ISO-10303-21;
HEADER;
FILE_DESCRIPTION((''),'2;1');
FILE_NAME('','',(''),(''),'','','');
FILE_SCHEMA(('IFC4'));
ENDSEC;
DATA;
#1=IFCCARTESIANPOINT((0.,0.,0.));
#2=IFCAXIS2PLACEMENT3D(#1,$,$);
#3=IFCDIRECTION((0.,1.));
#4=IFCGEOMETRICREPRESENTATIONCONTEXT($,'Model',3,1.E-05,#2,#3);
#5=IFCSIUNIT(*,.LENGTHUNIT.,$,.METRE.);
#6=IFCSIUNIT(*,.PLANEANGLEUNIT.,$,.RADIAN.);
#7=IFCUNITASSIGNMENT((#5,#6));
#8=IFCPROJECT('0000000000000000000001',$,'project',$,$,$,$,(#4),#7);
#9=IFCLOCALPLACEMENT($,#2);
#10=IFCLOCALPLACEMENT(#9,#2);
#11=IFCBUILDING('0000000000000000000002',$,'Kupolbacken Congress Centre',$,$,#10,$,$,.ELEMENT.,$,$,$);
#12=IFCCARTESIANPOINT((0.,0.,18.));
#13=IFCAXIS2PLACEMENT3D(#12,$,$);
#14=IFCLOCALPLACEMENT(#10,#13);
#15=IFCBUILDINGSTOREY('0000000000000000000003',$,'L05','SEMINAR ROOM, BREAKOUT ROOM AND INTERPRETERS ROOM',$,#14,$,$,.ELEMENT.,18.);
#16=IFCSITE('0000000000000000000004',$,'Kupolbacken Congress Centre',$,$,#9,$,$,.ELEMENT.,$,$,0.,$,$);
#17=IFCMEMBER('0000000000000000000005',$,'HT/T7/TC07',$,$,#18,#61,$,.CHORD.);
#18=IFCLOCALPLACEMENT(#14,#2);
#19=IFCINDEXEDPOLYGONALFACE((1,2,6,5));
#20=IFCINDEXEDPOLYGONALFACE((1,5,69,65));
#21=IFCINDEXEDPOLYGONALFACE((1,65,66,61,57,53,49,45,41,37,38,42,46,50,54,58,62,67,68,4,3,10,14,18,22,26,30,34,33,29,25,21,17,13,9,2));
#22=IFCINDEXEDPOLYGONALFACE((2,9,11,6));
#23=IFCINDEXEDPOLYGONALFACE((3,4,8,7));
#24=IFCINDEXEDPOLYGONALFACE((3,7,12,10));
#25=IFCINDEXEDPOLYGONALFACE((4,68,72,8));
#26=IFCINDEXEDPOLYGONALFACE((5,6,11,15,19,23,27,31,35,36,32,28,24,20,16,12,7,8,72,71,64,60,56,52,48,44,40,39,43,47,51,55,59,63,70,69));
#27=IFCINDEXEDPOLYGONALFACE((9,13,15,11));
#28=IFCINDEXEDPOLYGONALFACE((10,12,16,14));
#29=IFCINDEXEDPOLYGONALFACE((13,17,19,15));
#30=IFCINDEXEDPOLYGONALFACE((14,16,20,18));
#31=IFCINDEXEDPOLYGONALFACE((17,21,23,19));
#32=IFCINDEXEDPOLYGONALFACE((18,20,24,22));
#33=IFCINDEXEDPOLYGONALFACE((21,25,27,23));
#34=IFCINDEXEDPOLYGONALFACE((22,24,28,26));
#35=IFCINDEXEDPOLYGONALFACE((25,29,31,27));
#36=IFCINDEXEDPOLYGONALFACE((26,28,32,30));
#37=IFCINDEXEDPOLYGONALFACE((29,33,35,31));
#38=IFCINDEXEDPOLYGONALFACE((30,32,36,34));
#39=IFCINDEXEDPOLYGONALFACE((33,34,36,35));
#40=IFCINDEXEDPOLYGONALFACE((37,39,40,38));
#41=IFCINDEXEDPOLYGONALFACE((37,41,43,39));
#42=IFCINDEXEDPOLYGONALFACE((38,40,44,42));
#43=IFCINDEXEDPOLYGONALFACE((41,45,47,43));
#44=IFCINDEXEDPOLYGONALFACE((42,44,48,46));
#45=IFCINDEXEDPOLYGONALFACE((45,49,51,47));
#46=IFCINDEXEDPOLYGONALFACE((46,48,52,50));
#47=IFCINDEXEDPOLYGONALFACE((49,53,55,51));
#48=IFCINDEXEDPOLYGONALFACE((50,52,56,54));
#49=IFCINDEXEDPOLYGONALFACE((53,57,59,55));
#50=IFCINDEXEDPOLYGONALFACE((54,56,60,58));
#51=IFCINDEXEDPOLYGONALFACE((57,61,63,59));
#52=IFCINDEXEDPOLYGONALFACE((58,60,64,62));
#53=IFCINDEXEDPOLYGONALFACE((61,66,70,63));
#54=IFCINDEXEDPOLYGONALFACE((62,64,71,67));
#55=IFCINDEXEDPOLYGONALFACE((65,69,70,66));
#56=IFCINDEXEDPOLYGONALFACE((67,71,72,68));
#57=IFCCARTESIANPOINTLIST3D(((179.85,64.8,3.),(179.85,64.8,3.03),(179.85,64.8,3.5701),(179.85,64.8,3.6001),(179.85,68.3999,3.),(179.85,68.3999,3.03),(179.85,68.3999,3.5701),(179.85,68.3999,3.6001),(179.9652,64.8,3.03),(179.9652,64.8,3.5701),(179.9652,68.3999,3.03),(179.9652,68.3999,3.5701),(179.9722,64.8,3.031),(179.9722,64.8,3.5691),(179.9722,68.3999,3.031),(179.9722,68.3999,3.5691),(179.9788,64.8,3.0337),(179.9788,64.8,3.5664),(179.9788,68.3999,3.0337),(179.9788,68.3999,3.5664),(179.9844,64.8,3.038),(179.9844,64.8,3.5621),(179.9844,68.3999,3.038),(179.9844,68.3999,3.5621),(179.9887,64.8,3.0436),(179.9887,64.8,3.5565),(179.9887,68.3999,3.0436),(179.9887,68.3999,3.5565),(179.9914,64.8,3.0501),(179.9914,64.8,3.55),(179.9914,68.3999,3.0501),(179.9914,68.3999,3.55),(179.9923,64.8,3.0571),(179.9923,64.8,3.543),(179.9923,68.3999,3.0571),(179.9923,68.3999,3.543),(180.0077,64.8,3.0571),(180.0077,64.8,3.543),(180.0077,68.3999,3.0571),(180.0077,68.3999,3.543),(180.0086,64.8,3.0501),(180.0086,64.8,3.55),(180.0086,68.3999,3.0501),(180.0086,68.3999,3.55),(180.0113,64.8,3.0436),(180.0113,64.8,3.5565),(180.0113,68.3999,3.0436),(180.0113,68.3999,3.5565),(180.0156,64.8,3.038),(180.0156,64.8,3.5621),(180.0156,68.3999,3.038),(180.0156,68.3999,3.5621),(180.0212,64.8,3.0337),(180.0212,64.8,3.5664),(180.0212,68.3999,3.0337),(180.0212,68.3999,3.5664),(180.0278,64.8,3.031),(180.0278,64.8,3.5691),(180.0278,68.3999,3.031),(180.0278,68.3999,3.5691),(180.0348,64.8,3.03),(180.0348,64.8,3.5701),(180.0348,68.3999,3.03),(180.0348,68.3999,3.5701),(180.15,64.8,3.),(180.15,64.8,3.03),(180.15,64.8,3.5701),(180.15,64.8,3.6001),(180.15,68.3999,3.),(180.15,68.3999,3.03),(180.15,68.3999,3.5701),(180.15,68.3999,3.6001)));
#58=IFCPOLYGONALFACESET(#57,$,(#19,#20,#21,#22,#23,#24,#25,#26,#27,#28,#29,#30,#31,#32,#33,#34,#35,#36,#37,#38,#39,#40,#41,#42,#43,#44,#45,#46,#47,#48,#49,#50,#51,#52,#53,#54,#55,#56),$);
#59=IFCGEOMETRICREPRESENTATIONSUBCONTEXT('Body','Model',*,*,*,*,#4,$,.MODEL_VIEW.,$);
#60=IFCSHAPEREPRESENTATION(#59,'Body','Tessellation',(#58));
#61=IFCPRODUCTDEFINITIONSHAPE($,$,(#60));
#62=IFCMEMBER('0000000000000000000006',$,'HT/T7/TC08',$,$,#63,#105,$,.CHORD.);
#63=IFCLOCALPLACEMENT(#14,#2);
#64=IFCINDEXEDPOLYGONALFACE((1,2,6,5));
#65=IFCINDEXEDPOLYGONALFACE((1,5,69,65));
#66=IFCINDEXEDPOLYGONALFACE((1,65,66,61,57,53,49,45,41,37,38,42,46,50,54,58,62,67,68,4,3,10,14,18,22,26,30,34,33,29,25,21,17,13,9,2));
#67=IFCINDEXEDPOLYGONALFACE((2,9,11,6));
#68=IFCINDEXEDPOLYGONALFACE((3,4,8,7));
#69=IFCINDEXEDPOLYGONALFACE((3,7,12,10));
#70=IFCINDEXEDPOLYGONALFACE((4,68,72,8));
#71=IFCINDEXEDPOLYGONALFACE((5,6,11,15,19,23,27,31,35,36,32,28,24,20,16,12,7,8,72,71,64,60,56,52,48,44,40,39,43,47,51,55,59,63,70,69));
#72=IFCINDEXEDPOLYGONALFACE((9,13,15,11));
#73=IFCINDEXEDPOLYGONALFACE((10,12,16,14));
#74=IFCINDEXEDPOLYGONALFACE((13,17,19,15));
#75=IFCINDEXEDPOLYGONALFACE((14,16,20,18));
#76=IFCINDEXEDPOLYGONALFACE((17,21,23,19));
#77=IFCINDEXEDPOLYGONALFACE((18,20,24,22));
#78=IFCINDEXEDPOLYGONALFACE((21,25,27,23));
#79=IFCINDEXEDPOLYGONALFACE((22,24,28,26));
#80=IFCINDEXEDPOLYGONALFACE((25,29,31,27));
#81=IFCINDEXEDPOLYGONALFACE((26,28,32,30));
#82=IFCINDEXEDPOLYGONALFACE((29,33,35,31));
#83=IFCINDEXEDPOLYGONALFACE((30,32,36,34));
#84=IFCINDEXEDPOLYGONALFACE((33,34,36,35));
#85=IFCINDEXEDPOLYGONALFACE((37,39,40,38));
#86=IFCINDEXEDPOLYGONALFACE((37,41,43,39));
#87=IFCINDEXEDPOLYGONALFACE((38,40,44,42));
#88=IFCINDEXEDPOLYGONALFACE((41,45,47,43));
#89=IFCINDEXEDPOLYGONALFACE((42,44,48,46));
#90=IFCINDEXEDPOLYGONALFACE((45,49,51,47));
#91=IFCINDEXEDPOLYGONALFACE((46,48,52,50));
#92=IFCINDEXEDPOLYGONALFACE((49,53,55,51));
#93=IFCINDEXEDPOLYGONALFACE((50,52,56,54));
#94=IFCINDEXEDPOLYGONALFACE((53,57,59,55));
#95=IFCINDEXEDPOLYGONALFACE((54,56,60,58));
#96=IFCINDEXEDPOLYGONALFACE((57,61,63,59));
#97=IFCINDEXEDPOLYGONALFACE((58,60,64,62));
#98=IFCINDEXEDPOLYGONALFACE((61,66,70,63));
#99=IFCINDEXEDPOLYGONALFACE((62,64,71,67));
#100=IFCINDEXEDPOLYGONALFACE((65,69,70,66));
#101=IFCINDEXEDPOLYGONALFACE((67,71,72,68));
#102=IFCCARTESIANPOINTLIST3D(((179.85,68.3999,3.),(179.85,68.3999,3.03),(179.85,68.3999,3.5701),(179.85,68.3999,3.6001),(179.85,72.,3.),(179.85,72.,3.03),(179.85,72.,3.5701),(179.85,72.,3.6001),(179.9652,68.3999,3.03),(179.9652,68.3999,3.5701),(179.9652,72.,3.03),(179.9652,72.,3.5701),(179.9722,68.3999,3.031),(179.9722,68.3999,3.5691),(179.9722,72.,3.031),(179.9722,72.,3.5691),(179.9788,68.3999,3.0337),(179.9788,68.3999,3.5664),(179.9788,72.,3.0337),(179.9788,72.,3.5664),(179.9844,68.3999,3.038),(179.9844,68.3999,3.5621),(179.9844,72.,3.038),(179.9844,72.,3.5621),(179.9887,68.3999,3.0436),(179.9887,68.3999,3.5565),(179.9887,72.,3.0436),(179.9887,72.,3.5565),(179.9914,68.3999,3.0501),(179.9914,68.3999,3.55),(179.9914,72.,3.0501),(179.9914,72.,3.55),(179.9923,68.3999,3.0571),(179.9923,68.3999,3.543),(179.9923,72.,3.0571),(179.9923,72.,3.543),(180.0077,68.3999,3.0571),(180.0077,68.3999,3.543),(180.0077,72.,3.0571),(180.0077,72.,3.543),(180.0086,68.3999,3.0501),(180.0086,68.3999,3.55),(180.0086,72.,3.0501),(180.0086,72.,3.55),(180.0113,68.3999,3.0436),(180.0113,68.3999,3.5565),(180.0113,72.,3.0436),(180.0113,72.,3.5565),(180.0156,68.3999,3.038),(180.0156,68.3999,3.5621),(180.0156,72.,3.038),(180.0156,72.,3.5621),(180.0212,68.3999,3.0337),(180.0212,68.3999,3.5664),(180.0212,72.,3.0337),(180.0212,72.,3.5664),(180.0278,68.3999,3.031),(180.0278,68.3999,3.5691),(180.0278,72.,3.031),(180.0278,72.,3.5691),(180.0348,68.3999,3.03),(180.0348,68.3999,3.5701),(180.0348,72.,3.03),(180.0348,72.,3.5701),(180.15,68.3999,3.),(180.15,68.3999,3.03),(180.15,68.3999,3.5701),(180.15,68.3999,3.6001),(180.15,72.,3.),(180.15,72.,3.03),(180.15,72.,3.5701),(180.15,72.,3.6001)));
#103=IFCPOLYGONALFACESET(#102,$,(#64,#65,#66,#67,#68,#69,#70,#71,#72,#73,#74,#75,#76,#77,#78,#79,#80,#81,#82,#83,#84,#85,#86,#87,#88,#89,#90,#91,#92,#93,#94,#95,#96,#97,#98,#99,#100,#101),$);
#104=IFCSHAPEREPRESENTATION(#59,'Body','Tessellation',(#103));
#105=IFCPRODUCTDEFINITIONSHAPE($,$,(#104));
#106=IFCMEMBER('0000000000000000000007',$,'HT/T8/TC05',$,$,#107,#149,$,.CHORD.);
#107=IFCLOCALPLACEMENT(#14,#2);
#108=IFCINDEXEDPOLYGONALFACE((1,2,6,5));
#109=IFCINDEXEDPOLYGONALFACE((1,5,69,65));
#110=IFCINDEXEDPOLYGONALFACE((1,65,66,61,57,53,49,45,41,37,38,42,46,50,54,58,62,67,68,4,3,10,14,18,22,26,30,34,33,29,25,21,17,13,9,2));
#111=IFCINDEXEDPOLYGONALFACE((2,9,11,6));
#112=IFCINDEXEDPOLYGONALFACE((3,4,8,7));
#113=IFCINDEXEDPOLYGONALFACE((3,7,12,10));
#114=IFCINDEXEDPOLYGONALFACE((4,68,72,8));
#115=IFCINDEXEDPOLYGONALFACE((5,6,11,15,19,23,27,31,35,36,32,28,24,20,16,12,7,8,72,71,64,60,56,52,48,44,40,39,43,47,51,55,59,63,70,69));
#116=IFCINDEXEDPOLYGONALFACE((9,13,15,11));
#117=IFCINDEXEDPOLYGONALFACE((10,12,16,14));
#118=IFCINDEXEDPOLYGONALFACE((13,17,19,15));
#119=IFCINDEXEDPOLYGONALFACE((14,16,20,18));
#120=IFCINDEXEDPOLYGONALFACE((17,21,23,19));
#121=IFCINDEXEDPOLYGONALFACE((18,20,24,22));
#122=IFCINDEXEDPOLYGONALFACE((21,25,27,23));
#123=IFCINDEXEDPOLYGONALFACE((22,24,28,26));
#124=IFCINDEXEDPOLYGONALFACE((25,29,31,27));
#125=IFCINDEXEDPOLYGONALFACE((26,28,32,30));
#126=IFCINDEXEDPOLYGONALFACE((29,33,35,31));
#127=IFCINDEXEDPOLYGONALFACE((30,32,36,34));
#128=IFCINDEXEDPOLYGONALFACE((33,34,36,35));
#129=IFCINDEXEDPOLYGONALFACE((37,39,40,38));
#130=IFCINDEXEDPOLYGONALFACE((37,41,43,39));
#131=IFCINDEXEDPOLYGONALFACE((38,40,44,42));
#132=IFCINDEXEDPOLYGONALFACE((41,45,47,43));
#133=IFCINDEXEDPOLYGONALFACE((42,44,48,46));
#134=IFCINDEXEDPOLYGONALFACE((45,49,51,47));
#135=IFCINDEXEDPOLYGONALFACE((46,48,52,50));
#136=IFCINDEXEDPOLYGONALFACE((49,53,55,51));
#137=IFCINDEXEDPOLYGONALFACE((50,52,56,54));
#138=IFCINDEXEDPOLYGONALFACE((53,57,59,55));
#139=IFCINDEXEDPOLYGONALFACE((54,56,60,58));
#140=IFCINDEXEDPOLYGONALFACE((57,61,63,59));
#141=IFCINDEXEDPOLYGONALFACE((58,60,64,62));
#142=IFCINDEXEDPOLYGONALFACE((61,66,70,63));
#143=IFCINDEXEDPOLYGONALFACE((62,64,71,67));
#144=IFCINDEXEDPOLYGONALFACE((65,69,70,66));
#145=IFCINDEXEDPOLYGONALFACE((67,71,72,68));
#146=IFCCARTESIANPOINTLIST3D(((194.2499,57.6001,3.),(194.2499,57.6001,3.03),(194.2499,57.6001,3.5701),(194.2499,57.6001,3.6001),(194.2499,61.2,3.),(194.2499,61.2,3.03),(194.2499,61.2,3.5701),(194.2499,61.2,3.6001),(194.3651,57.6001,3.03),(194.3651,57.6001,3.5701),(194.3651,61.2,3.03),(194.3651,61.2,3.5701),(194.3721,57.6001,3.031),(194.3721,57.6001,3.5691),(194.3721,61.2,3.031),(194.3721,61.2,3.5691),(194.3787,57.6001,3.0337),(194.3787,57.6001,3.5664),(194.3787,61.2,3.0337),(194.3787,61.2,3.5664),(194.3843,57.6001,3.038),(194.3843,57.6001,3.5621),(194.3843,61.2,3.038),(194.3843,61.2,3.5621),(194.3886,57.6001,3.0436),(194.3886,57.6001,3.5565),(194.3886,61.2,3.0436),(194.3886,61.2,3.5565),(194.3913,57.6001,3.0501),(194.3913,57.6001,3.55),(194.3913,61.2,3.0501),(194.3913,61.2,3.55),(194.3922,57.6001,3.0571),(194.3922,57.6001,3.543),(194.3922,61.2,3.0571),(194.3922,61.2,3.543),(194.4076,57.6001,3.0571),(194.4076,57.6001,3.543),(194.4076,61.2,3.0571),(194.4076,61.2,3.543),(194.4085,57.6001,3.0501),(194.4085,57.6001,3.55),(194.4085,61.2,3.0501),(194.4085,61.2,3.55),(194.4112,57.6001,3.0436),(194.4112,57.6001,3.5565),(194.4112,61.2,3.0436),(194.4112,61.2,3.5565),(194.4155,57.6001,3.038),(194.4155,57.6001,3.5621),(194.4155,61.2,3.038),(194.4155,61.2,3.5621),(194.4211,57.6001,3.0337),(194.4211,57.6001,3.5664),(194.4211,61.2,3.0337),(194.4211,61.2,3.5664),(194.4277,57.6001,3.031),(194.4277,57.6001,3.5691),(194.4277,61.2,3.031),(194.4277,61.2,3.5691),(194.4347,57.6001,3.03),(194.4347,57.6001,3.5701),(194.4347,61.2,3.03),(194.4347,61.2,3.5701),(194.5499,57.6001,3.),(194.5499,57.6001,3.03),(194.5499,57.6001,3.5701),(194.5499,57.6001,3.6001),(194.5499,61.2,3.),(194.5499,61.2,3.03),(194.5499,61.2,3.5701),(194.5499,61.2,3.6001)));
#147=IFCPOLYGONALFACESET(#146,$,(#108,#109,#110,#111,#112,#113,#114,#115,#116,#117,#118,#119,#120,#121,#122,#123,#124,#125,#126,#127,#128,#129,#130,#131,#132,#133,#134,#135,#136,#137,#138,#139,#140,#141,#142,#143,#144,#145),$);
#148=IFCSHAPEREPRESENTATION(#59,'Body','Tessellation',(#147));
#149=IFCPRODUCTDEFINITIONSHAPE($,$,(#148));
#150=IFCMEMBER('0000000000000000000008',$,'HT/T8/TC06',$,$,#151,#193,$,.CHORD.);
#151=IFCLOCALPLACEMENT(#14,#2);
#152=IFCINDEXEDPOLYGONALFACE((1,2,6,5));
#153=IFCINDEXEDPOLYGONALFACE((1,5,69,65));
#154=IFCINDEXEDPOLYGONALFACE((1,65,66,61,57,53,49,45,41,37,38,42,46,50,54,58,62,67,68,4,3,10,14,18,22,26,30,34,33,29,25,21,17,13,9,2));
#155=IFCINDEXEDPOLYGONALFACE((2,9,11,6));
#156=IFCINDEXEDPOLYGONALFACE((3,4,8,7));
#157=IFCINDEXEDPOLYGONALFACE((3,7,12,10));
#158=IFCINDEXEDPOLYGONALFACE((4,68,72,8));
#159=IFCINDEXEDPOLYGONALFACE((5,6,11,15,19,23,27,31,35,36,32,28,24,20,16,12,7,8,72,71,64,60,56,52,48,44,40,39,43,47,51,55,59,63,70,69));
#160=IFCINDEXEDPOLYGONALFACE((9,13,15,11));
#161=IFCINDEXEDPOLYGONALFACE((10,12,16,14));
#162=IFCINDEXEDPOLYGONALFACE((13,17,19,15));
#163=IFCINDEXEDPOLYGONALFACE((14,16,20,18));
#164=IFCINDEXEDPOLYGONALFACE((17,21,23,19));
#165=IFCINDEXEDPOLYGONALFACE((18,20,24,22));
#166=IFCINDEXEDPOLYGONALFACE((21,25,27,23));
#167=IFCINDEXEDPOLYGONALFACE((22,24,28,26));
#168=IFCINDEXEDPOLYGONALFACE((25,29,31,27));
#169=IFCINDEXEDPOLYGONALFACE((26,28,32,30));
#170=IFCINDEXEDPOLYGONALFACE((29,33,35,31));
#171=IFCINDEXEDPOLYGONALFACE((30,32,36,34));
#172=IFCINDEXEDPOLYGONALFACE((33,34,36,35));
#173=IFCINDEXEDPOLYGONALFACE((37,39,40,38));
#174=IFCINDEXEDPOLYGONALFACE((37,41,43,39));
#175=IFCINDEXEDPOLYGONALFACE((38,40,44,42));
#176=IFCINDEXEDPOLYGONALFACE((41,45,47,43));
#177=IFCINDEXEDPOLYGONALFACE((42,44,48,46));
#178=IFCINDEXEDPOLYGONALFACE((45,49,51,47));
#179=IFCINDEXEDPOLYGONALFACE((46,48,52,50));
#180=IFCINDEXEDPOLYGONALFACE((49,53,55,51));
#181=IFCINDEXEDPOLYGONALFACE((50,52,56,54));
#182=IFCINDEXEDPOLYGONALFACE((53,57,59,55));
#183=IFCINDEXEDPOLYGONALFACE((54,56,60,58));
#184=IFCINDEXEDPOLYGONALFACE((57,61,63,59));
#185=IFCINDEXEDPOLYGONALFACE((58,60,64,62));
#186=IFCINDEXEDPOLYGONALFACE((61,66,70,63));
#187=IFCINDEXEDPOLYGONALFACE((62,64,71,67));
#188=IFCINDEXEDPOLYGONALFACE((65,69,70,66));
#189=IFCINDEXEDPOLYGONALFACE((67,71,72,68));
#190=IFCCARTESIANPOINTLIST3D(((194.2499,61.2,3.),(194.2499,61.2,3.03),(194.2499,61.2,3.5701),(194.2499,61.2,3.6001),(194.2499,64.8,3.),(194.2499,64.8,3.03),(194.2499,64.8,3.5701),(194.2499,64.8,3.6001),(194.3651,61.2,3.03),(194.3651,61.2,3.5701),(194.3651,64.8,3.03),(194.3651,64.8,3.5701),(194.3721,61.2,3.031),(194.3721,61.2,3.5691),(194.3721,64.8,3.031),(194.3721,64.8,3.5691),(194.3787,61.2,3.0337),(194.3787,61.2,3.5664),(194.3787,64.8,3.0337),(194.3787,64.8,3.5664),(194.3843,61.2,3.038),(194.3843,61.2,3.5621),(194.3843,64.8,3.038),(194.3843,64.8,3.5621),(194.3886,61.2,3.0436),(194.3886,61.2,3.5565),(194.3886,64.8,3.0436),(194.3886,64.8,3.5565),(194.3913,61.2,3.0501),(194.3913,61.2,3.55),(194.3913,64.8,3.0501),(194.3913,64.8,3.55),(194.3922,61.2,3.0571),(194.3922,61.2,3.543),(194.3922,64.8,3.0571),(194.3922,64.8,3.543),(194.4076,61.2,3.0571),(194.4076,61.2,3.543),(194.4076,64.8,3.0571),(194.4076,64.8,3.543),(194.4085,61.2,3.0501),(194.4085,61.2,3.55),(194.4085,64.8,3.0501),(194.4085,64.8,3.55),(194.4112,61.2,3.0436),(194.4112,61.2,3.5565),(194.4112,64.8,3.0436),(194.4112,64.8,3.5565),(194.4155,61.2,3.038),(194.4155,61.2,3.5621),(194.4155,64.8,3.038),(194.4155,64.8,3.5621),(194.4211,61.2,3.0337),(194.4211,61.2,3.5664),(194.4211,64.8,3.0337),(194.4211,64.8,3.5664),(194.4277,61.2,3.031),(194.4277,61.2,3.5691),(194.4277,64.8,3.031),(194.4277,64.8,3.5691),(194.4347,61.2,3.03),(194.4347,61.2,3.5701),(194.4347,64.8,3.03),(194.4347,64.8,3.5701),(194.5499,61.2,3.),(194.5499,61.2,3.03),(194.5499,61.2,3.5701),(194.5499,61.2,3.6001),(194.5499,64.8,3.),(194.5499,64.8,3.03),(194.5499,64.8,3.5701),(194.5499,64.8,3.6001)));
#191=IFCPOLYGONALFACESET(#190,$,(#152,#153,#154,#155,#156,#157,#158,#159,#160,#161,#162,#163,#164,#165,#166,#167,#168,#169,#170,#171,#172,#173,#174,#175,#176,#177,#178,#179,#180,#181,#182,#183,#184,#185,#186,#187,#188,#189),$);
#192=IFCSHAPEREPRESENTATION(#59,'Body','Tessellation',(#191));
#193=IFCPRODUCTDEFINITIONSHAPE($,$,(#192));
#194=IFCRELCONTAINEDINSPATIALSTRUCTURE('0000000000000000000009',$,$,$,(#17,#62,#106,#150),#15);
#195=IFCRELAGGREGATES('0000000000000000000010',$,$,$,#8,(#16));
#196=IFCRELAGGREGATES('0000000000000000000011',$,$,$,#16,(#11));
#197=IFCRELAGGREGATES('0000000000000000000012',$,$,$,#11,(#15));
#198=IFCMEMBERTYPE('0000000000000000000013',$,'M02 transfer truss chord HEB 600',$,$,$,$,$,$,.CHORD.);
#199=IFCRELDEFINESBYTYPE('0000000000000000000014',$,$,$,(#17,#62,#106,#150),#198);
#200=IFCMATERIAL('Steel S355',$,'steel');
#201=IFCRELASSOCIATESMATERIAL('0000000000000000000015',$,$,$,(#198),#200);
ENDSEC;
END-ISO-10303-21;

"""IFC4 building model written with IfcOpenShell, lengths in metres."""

from ifc_helpers import new_model, si_unit, direction, frame, origin, origin_2d, place, context, subcontext, project, spatial, i_section, extrude, material, material_profile, profile_set, type_object, element, save


model = new_model("IFC4")

# Units and contexts
model_context = context("Model", 3, precision=1e-05, world=origin(), true_north=direction((0.0, 1.0)))
body_context = subcontext(model_context, "Body", "Model", "MODEL_VIEW")
ifc_project = project(units=[si_unit("LENGTHUNIT", "METRE"), si_unit("PLANEANGLEUNIT", "RADIAN")], contexts=[model_context])

# Site, building, storey
site_placement = place(None, origin())
site = spatial("IfcSite", under=ifc_project, at=site_placement, Name="Kupolbacken Congress Centre", CompositionType="ELEMENT", RefElevation=0.0)
building_placement = place(site_placement, origin())
building = spatial("IfcBuilding", under=site, at=building_placement, Name="Kupolbacken Congress Centre", CompositionType="ELEMENT")
storey_placement = place(building_placement, frame((0.0, 0.0, 18.0)))
storey = spatial("IfcBuildingStorey", under=building, at=storey_placement, Name="L05", Description="SEMINAR ROOM, BREAKOUT ROOM AND INTERPRETERS ROOM", CompositionType="ELEMENT", Elevation=18.0)

# Members
ifc_material_1 = material(Name="Steel S355", Category="steel")
ifc_material_profile_1 = material_profile(ifc_material_1, i_section(OverallWidth=0.3, OverallDepth=0.6001, WebThickness=0.0154, FlangeThickness=0.03, FilletRadius=0.0271, at=origin_2d()), Name="HEB 600")
ifc_profile_set_1 = profile_set([ifc_material_profile_1], Name="Steel S355")
member_type_1 = type_object("IfcMemberType", Name="M02 transfer truss chord HEB 600", PredefinedType="CHORD", material=ifc_profile_set_1)
member_1_placement = place(storey_placement, frame((180.0, 64.8, 3.3), z_axis=(0.0, 1.0, 0.0), x_axis=(-1.0, 0.0, 0.0)))
element("IfcMember", 1, at=member_1_placement, inside=storey, type_object=member_type_1, Name="HT/T7/TC07", PredefinedType="CHORD", context=body_context, shape_type="SweptSolid", body=[
    extrude(i_section(OverallWidth=0.3, OverallDepth=0.6001, WebThickness=0.0154, FlangeThickness=0.03, FilletRadius=0.0271, at=origin_2d()), origin(), (0.0, 0.0, 1.0), 3.5999),
])
member_2_placement = place(storey_placement, frame((180.0, 68.3999, 3.3), z_axis=(0.0, 1.0, 0.0), x_axis=(-1.0, 0.0, 0.0)))
element("IfcMember", 2, at=member_2_placement, inside=storey, type_object=member_type_1, Name="HT/T7/TC08", PredefinedType="CHORD", context=body_context, shape_type="SweptSolid", body=[
    extrude(i_section(OverallWidth=0.3, OverallDepth=0.6001, WebThickness=0.0154, FlangeThickness=0.03, FilletRadius=0.0271, at=origin_2d()), origin(), (0.0, 0.0, 1.0), 3.6001),
])
member_3_placement = place(storey_placement, frame((194.3999, 57.6001, 3.3), z_axis=(0.0, 1.0, 0.0), x_axis=(-1.0, 0.0, 0.0)))
element("IfcMember", 3, at=member_3_placement, inside=storey, type_object=member_type_1, Name="HT/T8/TC05", PredefinedType="CHORD", context=body_context, shape_type="SweptSolid", body=[
    extrude(i_section(OverallWidth=0.3, OverallDepth=0.6001, WebThickness=0.0154, FlangeThickness=0.03, FilletRadius=0.0271, at=origin_2d()), origin(), (0.0, 0.0, 1.0), 3.5999),
])
member_4_placement = place(storey_placement, frame((194.3999, 61.2, 3.3), z_axis=(0.0, 1.0, 0.0), x_axis=(-1.0, 0.0, 0.0)))
element("IfcMember", 4, at=member_4_placement, inside=storey, type_object=member_type_1, Name="HT/T8/TC06", PredefinedType="CHORD", context=body_context, shape_type="SweptSolid", body=[
    extrude(i_section(OverallWidth=0.3, OverallDepth=0.6001, WebThickness=0.0154, FlangeThickness=0.03, FilletRadius=0.0271, at=origin_2d()), origin(), (0.0, 0.0, 1.0), 3.6001),
])

save(model, "model.ifc")
